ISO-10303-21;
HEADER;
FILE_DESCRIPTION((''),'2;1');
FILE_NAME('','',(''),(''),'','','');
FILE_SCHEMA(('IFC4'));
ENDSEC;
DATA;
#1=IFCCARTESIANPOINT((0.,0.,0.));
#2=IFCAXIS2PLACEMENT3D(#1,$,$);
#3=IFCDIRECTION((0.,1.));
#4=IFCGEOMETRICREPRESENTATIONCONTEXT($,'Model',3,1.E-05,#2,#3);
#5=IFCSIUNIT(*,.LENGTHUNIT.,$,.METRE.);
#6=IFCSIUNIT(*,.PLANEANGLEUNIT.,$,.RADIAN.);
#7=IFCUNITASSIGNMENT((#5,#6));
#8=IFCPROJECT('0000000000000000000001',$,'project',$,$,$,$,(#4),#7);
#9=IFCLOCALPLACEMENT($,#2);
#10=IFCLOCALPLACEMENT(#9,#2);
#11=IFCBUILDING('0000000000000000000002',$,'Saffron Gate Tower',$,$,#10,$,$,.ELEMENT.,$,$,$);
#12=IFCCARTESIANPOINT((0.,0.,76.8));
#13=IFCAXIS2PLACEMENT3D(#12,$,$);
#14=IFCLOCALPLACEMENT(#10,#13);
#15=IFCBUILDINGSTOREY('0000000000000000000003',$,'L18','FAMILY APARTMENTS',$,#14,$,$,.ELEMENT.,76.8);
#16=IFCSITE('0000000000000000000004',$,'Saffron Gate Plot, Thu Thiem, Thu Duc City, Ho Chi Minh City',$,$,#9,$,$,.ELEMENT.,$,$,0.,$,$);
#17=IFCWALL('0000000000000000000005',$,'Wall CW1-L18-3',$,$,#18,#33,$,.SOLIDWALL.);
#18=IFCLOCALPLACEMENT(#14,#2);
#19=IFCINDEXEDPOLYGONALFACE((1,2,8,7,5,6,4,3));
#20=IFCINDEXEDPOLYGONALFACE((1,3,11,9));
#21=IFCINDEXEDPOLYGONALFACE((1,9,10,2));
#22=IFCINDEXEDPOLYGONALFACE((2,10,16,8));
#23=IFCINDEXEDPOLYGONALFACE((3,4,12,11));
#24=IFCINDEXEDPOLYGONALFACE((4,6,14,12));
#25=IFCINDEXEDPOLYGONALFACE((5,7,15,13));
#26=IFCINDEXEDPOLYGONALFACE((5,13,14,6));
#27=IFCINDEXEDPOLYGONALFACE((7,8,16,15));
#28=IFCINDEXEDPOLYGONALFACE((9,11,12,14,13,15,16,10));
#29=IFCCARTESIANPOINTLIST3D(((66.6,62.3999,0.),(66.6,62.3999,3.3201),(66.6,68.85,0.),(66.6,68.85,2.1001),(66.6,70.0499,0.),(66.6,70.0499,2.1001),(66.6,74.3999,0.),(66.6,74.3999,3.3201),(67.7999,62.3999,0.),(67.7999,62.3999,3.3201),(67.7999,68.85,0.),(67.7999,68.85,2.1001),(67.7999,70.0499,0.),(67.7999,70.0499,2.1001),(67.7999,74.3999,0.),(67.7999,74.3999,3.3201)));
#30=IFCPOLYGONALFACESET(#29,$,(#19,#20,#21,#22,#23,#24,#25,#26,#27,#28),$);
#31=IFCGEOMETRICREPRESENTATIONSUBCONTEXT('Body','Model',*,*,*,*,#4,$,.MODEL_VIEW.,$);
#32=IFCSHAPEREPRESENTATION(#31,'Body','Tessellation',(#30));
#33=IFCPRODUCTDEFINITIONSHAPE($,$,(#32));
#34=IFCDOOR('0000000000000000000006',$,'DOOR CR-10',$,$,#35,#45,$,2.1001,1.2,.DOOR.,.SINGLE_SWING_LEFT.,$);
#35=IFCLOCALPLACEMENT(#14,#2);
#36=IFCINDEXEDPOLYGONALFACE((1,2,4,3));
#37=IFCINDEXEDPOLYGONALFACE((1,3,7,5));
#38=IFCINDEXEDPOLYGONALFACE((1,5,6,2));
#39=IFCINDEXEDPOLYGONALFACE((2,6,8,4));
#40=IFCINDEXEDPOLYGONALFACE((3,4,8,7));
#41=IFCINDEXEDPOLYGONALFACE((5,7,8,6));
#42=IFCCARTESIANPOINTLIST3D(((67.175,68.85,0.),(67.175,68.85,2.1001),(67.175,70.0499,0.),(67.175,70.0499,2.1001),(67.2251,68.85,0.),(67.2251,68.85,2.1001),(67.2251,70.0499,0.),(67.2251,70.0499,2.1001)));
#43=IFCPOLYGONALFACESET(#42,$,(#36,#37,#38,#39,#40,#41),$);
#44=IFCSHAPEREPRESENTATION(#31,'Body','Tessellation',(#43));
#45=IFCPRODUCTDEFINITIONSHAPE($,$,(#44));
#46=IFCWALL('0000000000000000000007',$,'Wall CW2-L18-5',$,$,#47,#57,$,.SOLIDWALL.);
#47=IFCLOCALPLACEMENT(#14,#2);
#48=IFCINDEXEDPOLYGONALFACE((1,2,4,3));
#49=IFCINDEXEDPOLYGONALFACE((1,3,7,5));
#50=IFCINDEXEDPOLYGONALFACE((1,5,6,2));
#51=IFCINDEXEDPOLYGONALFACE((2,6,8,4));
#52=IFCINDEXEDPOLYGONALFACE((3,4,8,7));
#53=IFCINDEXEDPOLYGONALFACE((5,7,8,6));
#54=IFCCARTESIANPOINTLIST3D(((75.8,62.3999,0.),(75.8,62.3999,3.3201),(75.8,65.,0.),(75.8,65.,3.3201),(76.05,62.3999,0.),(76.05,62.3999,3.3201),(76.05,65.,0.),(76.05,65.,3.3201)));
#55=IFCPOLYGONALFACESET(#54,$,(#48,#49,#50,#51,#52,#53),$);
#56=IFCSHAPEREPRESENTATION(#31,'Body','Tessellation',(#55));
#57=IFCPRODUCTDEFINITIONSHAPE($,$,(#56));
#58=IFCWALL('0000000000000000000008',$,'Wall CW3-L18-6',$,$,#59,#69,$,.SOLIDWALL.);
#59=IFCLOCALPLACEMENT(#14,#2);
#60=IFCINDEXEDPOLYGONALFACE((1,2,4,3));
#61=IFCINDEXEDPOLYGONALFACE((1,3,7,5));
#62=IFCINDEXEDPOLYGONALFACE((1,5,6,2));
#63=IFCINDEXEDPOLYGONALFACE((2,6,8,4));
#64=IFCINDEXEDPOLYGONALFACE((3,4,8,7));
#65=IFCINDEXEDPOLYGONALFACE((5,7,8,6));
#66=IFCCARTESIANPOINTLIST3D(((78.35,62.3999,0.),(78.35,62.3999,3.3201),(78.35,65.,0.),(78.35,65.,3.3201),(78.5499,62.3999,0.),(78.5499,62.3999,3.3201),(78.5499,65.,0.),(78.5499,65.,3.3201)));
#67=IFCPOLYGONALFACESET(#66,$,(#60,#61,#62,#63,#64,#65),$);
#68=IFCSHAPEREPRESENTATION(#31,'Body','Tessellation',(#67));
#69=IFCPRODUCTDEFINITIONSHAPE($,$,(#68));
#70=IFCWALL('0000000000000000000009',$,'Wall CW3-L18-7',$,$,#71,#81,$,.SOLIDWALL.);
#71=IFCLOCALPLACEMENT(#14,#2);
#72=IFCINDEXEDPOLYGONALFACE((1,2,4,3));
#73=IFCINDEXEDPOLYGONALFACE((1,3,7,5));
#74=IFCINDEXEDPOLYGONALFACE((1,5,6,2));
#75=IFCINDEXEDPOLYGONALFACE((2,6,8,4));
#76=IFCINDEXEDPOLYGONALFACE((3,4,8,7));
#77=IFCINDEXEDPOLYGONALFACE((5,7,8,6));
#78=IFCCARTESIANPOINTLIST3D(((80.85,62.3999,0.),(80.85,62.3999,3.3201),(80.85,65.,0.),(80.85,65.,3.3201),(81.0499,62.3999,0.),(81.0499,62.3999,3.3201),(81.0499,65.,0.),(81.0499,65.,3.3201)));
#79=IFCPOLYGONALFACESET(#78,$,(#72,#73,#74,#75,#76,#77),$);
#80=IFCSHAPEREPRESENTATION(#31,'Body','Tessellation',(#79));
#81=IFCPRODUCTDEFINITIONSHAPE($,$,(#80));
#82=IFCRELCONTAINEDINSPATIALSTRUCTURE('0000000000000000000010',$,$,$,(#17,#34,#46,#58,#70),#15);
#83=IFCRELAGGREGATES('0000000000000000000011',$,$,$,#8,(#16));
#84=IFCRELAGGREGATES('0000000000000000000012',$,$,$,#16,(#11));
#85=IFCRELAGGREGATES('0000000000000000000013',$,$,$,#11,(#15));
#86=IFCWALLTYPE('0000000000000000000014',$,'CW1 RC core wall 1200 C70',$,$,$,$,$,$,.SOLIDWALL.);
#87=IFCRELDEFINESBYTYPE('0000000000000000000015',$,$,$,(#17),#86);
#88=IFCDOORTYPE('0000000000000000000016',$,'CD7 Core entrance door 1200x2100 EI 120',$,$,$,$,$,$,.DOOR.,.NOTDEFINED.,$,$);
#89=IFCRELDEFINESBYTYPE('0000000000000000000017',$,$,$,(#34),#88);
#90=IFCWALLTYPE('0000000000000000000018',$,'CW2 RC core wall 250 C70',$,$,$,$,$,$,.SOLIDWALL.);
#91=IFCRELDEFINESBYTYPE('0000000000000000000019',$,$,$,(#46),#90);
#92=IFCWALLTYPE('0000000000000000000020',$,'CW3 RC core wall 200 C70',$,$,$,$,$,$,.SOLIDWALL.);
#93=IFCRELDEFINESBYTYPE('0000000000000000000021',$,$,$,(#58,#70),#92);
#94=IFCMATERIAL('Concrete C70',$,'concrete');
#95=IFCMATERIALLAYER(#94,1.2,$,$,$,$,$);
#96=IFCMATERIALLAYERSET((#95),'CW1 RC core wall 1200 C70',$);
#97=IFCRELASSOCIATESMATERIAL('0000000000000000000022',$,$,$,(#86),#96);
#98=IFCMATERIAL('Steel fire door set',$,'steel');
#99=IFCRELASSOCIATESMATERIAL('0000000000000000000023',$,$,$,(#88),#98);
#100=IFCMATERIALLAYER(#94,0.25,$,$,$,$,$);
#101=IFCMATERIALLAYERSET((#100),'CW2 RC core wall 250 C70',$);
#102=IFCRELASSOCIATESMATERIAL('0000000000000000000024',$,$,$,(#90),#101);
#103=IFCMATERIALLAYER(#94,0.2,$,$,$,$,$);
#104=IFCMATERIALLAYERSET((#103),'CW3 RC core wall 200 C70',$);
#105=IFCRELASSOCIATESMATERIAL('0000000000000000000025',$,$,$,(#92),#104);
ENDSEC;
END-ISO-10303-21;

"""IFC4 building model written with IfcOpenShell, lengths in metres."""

from ifc_helpers import new_model, si_unit, direction, frame, frame_2d, origin, place, context, subcontext, project, spatial, rectangle, extrude, material, layer, layer_set, type_object, element, fill, save


model = new_model("IFC4")

# Units and contexts
model_context = context("Model", 3, precision=1e-05, world=origin(), true_north=direction((0.0, 1.0)))
body_context = subcontext(model_context, "Body", "Model", "MODEL_VIEW")
ifc_project = project(units=[si_unit("LENGTHUNIT", "METRE"), si_unit("PLANEANGLEUNIT", "RADIAN")], contexts=[model_context])

# Site, building, storey
site_placement = place(None, origin())
site = spatial("IfcSite", under=ifc_project, at=site_placement, Name="Saffron Gate Plot, Thu Thiem, Thu Duc City, Ho Chi Minh City", CompositionType="ELEMENT", RefElevation=0.0)
building_placement = place(site_placement, origin())
building = spatial("IfcBuilding", under=site, at=building_placement, Name="Saffron Gate Tower", CompositionType="ELEMENT")
storey_placement = place(building_placement, frame((0.0, 0.0, 76.8)))
storey = spatial("IfcBuildingStorey", under=building, at=storey_placement, Name="L18", Description="FAMILY APARTMENTS", CompositionType="ELEMENT", Elevation=76.8)

# Wall, opening, door
ifc_material_1 = material(Name="Concrete C70", Category="concrete")
ifc_layer_1 = layer(ifc_material_1, 1.2)
ifc_layer_set_1 = layer_set([ifc_layer_1], Name="CW1 RC core wall 1200 C70")
wall_type_1 = type_object("IfcWallType", Name="CW1 RC core wall 1200 C70", PredefinedType="SOLIDWALL", material=ifc_layer_set_1)
wall_1_placement = place(storey_placement, frame((67.2, 62.3999, 0.0), z_axis=(0.0, 0.0, 1.0), x_axis=(0.0, 1.0, 0.0)))
wall_1 = element("IfcWall", 1, at=wall_1_placement, inside=storey, type_object=wall_type_1, Name="Wall CW1-L18-3", PredefinedType="SOLIDWALL", context=body_context, shape_type="SweptSolid", body=[
    extrude(rectangle(XDim=12.0, YDim=1.2, at=frame_2d((6.0, 0.0))), origin(), (0.0, 0.0, 1.0), 3.3201),
])
opening_1_placement = place(wall_1_placement, frame((6.45, 0.0, 0.0)))
opening_1 = element("IfcOpeningElement", 2, at=opening_1_placement, cuts=wall_1, PredefinedType="OPENING", context=body_context, shape_type="SweptSolid", body=[
    extrude(rectangle(XDim=1.2, YDim=2.1001, at=frame_2d((0.6001, 1.05))), frame((0.0, 0.6099, 0.0), z_axis=(0.0, -1.0, 0.0), x_axis=(1.0, 0.0, 0.0)), (0.0, 0.0, 1.0), 1.22),
])
ifc_material_2 = material(Name="Steel fire door set", Category="steel")
door_type_1 = type_object("IfcDoorType", Name="CD7 Core entrance door 1200x2100 EI 120", OperationType="NOTDEFINED", PredefinedType="DOOR", material=ifc_material_2)
door_1_placement = place(opening_1_placement, origin())
door_1 = element("IfcDoor", 3, at=door_1_placement, inside=storey, type_object=door_type_1, Name="DOOR CR-10", OperationType="SINGLE_SWING_LEFT", OverallHeight=2.1001, OverallWidth=1.2, PredefinedType="DOOR", context=body_context, shape_type="SweptSolid", body=[
    extrude(rectangle(XDim=1.2, YDim=2.1001, at=frame_2d((0.6001, 1.05))), frame((0.0, 0.0249, 0.0), z_axis=(0.0, -1.0, 0.0), x_axis=(1.0, 0.0, 0.0)), (0.0, 0.0, 1.0), 0.05),
])
fill(opening_1, door_1)

# Walls
ifc_layer_2 = layer(ifc_material_1, 0.25)
ifc_layer_set_2 = layer_set([ifc_layer_2], Name="CW2 RC core wall 250 C70")
wall_type_2 = type_object("IfcWallType", Name="CW2 RC core wall 250 C70", PredefinedType="SOLIDWALL", material=ifc_layer_set_2)
wall_2_placement = place(storey_placement, frame((75.925, 62.3999, 0.0), z_axis=(0.0, 0.0, 1.0), x_axis=(0.0, 1.0, 0.0)))
element("IfcWall", 4, at=wall_2_placement, inside=storey, type_object=wall_type_2, Name="Wall CW2-L18-5", PredefinedType="SOLIDWALL", context=body_context, shape_type="SweptSolid", body=[
    extrude(rectangle(XDim=2.6001, YDim=0.25, at=frame_2d((1.3, 0.0))), origin(), (0.0, 0.0, 1.0), 3.3201),
])
ifc_layer_3 = layer(ifc_material_1, 0.2)
ifc_layer_set_3 = layer_set([ifc_layer_3], Name="CW3 RC core wall 200 C70")
wall_type_3 = type_object("IfcWallType", Name="CW3 RC core wall 200 C70", PredefinedType="SOLIDWALL", material=ifc_layer_set_3)
for number, where, z_axis, x_axis, name in (
    (5, (78.45, 62.3999, 0.0), (0.0, 0.0, 1.0), (0.0, 1.0, 0.0), "Wall CW3-L18-6"),
    (6, (80.95, 62.3999, 0.0), (0.0, 0.0, 1.0), (0.0, 1.0, 0.0), "Wall CW3-L18-7"),
):
    element("IfcWall", number, at=place(storey_placement, frame(where, z_axis=z_axis, x_axis=x_axis)), inside=storey, type_object=wall_type_3, Name=name, PredefinedType="SOLIDWALL", context=body_context, shape_type="SweptSolid", body=[
        extrude(rectangle(XDim=2.6001, YDim=0.2, at=frame_2d((1.3, 0.0))), origin(), (0.0, 0.0, 1.0), 3.3201),
    ])

save(model, "model.ifc")
